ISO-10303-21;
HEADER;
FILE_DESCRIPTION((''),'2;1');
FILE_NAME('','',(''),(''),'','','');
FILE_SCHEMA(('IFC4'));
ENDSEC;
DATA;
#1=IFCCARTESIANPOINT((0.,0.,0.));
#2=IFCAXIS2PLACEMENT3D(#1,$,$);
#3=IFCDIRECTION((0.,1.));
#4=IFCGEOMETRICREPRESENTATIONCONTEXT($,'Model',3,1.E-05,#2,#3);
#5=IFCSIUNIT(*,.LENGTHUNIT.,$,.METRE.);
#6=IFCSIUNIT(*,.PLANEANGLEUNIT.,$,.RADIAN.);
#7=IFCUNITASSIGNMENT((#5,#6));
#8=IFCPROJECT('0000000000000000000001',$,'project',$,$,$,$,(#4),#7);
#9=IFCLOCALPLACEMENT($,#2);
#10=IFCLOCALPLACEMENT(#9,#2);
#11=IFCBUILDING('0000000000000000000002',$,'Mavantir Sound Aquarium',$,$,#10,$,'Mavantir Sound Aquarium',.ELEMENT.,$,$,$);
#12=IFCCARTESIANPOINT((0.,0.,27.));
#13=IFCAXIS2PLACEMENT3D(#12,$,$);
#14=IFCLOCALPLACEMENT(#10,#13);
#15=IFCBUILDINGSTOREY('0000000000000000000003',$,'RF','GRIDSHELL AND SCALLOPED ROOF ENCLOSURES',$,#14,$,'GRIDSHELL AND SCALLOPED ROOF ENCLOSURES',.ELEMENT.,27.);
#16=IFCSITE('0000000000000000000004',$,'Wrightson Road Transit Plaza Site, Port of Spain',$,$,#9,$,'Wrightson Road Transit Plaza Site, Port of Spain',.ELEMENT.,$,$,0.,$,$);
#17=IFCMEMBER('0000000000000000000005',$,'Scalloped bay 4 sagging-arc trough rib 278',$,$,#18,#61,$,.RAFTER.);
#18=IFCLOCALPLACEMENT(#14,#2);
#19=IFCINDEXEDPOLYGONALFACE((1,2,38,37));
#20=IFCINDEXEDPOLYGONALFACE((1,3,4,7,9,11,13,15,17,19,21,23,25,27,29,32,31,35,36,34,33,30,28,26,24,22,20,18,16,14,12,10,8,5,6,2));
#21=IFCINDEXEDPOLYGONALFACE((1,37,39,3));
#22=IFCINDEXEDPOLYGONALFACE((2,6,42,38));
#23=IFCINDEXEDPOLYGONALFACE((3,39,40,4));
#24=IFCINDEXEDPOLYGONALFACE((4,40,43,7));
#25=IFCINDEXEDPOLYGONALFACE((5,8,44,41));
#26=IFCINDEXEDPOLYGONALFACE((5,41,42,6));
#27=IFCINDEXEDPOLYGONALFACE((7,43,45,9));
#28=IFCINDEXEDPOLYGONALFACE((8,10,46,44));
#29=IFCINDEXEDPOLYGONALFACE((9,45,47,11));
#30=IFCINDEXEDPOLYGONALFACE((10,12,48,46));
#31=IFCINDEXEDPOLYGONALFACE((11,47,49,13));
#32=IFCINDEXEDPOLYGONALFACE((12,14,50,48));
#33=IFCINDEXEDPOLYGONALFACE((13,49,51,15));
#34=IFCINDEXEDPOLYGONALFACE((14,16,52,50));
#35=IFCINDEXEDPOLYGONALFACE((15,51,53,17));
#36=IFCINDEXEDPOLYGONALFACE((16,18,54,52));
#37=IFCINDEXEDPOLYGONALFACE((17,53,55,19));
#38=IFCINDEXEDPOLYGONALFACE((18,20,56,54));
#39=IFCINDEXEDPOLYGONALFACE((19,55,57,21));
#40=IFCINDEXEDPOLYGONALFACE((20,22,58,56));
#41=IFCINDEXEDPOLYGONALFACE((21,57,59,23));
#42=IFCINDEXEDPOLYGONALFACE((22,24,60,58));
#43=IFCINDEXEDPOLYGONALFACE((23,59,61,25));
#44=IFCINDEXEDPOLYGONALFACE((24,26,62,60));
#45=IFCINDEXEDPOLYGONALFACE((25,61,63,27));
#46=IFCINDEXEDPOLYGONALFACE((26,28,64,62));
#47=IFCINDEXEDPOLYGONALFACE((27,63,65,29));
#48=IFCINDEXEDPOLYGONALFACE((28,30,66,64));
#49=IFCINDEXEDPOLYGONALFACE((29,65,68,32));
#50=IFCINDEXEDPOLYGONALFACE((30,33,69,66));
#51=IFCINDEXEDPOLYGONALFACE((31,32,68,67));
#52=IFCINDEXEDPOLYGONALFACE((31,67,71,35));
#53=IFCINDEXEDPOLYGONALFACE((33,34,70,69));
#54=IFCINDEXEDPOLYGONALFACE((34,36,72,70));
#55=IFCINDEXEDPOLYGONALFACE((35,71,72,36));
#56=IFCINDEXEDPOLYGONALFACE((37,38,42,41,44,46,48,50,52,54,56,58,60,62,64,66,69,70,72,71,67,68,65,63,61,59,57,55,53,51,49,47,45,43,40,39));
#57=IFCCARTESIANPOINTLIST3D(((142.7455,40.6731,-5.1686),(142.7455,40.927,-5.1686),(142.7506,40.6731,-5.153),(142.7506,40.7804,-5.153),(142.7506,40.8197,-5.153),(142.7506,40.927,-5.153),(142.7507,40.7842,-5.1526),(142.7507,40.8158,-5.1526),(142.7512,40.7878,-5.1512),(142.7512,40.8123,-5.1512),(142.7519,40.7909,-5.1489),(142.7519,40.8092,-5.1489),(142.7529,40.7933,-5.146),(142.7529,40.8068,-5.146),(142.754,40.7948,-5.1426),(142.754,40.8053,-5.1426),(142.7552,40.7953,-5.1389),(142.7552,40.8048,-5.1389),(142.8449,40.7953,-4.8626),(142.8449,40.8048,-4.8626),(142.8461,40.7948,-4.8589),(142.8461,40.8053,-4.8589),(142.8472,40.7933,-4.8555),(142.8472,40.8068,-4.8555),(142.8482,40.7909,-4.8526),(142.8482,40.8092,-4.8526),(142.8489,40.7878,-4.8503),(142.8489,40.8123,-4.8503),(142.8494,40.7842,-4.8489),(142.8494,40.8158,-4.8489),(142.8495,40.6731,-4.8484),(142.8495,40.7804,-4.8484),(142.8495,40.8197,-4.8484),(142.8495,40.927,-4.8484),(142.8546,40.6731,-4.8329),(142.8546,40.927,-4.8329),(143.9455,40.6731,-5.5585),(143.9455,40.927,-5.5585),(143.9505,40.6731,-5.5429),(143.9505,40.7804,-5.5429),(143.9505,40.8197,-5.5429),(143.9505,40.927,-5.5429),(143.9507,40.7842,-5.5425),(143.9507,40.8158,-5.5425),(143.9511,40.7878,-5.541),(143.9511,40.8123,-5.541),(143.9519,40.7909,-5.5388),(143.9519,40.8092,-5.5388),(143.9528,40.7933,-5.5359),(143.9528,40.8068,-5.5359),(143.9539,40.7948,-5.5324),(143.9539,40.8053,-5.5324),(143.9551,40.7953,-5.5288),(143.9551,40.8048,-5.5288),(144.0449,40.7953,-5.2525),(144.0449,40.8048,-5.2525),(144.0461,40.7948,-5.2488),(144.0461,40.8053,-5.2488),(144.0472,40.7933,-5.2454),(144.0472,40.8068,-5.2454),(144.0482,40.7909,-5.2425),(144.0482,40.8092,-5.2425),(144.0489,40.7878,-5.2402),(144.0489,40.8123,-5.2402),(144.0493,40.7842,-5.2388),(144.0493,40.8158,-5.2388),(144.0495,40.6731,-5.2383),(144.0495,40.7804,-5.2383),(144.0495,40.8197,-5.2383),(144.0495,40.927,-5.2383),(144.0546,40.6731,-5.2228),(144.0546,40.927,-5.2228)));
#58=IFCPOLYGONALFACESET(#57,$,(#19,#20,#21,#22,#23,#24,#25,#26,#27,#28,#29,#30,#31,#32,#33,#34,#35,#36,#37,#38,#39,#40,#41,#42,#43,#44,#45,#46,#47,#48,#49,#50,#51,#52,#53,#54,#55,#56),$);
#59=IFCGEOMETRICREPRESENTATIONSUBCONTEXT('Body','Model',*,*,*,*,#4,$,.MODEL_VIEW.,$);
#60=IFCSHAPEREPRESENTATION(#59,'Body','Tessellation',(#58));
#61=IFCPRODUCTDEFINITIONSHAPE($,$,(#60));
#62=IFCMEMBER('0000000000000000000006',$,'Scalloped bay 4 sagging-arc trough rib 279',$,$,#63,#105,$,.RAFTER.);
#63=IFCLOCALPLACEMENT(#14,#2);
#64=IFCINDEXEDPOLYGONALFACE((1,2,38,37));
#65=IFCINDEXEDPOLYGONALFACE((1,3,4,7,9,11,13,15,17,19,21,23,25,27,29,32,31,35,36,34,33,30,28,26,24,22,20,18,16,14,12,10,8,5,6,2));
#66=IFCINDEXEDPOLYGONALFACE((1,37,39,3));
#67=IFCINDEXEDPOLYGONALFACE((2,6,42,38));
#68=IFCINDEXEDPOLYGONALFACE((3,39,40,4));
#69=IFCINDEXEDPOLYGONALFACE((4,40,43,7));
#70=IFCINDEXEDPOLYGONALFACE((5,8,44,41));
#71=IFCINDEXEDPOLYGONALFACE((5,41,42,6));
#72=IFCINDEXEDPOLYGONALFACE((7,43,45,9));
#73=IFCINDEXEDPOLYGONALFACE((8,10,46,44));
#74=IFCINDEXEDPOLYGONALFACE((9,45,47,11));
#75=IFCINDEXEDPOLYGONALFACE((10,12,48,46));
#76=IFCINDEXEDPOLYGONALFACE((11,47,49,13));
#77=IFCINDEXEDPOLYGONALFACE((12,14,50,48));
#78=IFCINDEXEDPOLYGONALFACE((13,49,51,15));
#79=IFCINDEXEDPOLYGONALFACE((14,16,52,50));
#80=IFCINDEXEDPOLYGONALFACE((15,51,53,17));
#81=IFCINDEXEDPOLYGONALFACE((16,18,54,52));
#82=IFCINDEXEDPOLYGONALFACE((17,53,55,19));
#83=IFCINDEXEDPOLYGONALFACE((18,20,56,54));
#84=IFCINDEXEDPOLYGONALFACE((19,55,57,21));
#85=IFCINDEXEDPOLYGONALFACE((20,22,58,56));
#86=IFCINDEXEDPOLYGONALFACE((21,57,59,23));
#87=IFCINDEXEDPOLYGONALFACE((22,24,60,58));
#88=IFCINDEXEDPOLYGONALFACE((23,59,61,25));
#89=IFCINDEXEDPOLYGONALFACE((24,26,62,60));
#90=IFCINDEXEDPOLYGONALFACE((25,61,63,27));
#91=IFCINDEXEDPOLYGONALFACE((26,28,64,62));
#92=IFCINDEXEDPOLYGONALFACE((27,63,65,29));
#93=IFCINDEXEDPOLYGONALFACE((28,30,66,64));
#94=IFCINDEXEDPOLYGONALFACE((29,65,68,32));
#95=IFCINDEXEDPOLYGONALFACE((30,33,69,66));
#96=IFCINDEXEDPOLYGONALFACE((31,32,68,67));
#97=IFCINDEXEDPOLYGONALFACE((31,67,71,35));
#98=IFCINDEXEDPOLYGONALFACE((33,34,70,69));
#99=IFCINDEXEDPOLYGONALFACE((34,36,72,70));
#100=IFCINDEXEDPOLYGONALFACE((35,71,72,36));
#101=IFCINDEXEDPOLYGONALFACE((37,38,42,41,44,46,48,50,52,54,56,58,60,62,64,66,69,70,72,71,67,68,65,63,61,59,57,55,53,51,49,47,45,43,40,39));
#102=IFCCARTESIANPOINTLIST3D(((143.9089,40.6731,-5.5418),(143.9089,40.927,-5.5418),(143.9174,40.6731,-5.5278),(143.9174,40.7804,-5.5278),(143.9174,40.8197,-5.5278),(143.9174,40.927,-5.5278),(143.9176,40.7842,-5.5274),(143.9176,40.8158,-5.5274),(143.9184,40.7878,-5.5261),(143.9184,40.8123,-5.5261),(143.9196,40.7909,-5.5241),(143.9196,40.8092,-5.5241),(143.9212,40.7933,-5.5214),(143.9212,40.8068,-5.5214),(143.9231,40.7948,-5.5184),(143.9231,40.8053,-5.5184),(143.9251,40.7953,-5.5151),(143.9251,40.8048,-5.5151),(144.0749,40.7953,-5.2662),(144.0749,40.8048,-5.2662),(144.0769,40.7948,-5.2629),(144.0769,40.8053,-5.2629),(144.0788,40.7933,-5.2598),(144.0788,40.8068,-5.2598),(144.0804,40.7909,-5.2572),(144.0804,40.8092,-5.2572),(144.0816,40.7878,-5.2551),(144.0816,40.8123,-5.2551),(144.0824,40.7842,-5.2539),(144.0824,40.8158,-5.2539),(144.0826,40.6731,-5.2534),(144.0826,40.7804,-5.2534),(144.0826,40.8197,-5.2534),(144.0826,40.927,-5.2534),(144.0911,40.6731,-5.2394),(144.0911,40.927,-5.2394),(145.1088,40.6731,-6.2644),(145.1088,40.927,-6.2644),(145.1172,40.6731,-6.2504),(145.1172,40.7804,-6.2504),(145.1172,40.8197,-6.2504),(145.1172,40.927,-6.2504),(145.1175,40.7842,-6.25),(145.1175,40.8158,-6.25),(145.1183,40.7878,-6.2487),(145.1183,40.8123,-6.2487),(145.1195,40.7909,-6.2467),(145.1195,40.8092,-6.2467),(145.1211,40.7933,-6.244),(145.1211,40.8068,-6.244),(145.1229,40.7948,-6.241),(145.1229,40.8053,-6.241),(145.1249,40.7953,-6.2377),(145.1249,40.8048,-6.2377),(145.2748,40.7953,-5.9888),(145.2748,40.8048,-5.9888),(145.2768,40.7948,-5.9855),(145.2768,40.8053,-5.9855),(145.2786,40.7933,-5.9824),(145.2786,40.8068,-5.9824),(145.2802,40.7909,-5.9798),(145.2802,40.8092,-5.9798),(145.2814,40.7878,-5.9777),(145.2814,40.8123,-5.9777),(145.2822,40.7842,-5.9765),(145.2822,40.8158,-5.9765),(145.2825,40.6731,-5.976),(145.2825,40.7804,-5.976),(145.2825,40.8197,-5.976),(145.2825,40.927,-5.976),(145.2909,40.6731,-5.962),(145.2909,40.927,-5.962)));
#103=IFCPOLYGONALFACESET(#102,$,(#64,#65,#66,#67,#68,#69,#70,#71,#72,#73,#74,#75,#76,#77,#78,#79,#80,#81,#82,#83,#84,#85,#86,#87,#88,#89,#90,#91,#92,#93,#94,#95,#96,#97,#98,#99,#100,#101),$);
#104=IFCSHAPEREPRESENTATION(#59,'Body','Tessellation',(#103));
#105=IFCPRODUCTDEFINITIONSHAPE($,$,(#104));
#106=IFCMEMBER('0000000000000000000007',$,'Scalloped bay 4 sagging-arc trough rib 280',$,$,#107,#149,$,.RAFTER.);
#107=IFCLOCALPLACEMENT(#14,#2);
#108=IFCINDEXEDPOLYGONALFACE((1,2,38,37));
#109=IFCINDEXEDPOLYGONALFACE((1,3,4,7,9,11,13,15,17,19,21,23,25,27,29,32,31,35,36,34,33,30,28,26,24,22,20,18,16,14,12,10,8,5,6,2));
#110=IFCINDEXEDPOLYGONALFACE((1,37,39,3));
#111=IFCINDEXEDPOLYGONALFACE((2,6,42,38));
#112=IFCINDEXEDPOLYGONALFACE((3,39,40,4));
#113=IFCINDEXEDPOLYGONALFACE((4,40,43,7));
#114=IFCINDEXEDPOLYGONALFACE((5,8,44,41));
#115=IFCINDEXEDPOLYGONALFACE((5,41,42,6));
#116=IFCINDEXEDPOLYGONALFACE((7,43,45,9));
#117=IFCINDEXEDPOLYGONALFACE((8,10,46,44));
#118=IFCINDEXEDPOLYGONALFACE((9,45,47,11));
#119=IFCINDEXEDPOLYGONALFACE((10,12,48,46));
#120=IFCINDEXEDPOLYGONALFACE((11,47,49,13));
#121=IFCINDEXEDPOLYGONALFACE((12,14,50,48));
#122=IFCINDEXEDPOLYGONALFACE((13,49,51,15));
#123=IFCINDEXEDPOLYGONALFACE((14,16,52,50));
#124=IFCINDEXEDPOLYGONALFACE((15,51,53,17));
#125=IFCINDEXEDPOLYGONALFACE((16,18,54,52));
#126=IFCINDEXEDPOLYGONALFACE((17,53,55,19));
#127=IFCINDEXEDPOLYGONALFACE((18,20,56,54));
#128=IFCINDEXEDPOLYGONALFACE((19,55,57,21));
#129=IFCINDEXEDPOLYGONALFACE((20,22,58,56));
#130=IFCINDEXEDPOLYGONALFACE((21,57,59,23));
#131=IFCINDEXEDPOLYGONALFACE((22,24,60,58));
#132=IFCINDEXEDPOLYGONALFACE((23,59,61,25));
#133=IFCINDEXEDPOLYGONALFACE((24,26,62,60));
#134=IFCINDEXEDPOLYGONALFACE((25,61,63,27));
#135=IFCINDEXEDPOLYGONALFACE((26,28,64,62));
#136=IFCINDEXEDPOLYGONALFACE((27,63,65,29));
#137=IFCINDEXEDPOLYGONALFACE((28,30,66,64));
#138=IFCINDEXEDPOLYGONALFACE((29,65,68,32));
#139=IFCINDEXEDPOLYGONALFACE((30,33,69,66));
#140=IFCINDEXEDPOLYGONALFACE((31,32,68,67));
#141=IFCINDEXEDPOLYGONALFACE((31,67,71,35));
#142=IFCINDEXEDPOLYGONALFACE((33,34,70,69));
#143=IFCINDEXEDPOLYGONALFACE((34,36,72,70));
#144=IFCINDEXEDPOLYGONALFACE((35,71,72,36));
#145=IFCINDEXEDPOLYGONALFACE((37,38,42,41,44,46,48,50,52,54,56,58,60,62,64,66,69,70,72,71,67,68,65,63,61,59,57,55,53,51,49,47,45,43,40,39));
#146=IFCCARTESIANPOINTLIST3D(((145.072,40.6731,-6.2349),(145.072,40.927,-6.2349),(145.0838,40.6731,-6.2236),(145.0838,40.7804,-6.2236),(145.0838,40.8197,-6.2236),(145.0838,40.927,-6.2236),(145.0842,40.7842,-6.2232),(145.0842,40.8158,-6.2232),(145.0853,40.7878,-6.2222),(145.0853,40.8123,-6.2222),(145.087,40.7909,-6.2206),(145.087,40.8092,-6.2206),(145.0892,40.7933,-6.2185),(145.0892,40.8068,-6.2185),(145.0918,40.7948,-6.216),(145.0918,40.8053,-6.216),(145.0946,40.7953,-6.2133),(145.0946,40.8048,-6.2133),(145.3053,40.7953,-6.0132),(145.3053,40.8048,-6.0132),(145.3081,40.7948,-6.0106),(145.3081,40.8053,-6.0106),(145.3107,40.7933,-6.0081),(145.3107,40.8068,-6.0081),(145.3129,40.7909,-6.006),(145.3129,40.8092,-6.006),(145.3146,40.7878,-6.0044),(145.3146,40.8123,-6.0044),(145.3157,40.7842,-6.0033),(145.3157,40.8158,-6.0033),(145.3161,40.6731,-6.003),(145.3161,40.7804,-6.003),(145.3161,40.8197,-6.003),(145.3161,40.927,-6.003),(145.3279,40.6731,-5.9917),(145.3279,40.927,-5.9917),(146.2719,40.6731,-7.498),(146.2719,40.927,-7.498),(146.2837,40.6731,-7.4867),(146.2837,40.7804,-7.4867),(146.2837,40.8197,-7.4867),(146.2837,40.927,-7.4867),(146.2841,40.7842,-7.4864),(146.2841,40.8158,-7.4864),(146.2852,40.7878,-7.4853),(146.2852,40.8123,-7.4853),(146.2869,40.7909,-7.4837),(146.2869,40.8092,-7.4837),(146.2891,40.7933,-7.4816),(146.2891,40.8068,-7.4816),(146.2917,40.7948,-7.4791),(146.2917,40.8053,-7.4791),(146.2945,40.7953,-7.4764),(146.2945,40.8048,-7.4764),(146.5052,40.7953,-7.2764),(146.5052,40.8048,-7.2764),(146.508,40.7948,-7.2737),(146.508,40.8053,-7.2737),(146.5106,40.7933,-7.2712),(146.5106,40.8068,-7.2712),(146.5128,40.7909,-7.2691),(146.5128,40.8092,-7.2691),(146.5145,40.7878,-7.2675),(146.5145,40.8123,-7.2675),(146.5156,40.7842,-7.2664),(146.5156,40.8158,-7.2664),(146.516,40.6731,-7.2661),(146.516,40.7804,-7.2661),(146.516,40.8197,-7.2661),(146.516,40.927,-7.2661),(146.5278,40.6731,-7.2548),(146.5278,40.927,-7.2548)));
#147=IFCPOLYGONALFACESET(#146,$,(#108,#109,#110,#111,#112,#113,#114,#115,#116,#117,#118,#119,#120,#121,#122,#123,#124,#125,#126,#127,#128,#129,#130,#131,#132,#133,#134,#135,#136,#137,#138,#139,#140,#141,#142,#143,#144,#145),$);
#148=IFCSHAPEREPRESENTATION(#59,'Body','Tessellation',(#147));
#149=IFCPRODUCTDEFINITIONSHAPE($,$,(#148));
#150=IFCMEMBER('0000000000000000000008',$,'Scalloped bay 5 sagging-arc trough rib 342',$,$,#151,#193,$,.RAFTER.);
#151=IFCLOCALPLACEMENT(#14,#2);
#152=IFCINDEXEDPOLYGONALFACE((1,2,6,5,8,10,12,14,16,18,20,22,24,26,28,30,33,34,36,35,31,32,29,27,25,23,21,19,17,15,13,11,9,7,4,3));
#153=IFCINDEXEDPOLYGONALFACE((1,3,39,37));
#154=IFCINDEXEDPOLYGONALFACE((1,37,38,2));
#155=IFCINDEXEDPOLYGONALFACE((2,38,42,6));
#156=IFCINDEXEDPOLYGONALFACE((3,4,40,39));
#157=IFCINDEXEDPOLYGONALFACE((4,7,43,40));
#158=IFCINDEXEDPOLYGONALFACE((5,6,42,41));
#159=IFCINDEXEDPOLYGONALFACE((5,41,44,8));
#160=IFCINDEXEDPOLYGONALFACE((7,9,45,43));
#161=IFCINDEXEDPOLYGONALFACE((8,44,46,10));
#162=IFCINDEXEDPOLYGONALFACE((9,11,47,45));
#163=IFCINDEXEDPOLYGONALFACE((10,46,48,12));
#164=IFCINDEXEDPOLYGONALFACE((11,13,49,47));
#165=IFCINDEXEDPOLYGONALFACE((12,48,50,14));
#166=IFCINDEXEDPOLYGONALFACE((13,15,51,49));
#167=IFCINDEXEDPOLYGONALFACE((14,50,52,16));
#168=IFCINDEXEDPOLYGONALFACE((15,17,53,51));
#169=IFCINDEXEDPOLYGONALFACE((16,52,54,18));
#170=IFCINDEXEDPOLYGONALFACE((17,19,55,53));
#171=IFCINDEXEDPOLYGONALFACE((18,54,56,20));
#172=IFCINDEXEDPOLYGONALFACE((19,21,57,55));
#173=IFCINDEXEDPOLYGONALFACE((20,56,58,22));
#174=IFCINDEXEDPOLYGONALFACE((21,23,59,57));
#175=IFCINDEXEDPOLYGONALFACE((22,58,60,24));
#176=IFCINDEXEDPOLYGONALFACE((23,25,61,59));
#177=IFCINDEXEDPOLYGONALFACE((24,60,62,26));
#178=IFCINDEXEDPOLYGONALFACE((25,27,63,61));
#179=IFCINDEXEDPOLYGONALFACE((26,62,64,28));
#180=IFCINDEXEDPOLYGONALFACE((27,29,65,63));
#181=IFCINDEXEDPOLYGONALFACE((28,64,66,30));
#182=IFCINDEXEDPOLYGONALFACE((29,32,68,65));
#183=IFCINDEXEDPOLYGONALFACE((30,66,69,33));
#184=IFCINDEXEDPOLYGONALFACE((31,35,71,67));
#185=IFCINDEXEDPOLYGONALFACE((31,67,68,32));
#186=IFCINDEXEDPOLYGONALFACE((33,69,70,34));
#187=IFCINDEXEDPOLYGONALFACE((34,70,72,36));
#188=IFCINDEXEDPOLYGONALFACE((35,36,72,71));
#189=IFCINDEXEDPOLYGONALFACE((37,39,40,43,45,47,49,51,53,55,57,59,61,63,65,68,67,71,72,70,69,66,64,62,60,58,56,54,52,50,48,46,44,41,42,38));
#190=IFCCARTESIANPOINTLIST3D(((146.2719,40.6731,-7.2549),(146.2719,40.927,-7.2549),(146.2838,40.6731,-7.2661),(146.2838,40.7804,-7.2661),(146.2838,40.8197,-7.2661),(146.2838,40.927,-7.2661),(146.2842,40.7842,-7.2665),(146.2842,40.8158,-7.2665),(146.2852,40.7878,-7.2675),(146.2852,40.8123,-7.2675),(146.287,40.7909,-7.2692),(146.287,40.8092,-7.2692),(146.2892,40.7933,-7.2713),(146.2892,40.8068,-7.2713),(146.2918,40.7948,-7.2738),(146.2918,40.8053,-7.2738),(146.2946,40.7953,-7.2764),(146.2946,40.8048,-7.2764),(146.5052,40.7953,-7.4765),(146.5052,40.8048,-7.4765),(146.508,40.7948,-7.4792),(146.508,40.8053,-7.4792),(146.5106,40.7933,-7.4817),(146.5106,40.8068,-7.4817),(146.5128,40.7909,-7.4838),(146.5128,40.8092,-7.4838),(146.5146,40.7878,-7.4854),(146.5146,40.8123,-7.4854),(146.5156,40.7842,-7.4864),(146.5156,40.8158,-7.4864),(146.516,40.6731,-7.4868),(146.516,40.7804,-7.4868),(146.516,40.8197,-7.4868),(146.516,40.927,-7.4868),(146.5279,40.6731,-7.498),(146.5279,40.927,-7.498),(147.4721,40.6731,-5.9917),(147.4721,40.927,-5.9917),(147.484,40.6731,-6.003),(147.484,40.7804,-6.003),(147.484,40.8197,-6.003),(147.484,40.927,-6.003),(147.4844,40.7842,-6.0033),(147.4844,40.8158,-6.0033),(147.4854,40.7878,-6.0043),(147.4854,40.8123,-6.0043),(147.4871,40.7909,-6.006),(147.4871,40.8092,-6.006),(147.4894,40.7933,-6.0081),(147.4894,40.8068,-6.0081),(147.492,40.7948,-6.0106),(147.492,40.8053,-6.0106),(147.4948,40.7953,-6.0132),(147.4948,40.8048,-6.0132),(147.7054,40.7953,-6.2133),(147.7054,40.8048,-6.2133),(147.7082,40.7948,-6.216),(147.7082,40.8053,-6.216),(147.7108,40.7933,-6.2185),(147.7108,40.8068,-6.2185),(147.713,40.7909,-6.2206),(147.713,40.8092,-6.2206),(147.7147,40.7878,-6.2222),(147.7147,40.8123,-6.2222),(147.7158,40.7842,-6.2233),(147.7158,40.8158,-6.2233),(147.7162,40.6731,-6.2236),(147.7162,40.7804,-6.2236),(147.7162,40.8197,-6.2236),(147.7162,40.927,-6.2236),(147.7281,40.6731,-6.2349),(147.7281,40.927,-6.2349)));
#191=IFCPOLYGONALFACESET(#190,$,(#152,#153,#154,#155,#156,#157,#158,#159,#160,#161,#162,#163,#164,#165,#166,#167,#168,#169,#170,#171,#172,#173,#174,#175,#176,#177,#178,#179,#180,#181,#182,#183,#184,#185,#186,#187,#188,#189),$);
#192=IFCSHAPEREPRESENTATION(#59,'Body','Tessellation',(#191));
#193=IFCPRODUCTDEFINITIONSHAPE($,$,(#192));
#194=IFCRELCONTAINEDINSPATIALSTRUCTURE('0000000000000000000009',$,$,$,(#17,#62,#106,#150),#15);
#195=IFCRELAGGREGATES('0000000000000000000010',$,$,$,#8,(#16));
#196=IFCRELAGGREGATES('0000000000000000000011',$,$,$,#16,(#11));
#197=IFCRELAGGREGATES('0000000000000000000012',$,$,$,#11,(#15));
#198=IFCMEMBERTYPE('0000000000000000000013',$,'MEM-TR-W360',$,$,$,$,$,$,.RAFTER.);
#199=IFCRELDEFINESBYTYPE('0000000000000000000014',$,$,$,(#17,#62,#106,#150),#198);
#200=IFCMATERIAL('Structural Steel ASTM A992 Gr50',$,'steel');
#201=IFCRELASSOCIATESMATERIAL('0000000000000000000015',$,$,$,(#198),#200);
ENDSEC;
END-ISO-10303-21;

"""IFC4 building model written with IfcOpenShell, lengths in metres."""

from ifc_helpers import new_model, si_unit, direction, frame, origin, origin_2d, place, context, subcontext, project, spatial, i_section, extrude, material, material_profile, profile_set, type_object, element, save


model = new_model("IFC4")

# Units and contexts
model_context = context("Model", 3, precision=1e-05, world=origin(), true_north=direction((0.0, 1.0)))
body_context = subcontext(model_context, "Body", "Model", "MODEL_VIEW")
ifc_project = project(units=[si_unit("LENGTHUNIT", "METRE"), si_unit("PLANEANGLEUNIT", "RADIAN")], contexts=[model_context])

# Site, building, storey
site_placement = place(None, origin())
site = spatial("IfcSite", under=ifc_project, at=site_placement, Name="Wrightson Road Transit Plaza Site, Port of Spain", LongName="Wrightson Road Transit Plaza Site, Port of Spain", CompositionType="ELEMENT", RefElevation=0.0)
building_placement = place(site_placement, origin())
building = spatial("IfcBuilding", under=site, at=building_placement, Name="Mavantir Sound Aquarium", LongName="Mavantir Sound Aquarium", CompositionType="ELEMENT")
storey_placement = place(building_placement, frame((0.0, 0.0, 27.0)))
storey = spatial("IfcBuildingStorey", under=building, at=storey_placement, Name="RF", Description="GRIDSHELL AND SCALLOPED ROOF ENCLOSURES", LongName="GRIDSHELL AND SCALLOPED ROOF ENCLOSURES", CompositionType="ELEMENT", Elevation=27.0)

# Shared definitions
ifc_material_1 = material(Name="Structural Steel ASTM A992 Gr50", Category="steel")

# Members
ifc_material_profile_1 = material_profile(ifc_material_1, i_section(OverallWidth=0.2539, OverallDepth=0.353, WebThickness=0.0095, FlangeThickness=0.0164, FilletRadius=0.0149, at=origin_2d()), Name="W360X91")
ifc_profile_set_1 = profile_set([ifc_material_profile_1], Name="Structural Steel ASTM A992 Gr50")
member_type_1 = type_object("IfcMemberType", Name="MEM-TR-W360", PredefinedType="RAFTER", material=ifc_profile_set_1)
member_1_placement = place(storey_placement, frame((142.8, 40.8, -5.0007), z_axis=(0.951055, 0.0, -0.30902), x_axis=(0.0, 1.0, 0.0)))
element("IfcMember", 1, at=member_1_placement, inside=storey, type_object=member_type_1, Name="Scalloped bay 4 sagging-arc trough rib 278", PredefinedType="RAFTER", context=body_context, shape_type="SweptSolid", body=[
    extrude(i_section(OverallWidth=0.2539, OverallDepth=0.353, WebThickness=0.0095, FlangeThickness=0.0164, FilletRadius=0.0149, at=origin_2d()), origin(), (0.0, 0.0, 1.0), 1.2617),
])
member_2_placement = place(storey_placement, frame((144.0, 40.8, -5.3906), z_axis=(0.856646, 0.0, -0.515905), x_axis=(0.0, 1.0, 0.0)))
element("IfcMember", 2, at=member_2_placement, inside=storey, type_object=member_type_1, Name="Scalloped bay 4 sagging-arc trough rib 279", PredefinedType="RAFTER", context=body_context, shape_type="SweptSolid", body=[
    extrude(i_section(OverallWidth=0.2539, OverallDepth=0.353, WebThickness=0.0095, FlangeThickness=0.0164, FilletRadius=0.0149, at=origin_2d()), origin(), (0.0, 0.0, 1.0), 1.4006),
])
member_3_placement = place(storey_placement, frame((145.2, 40.8, -6.1133), z_axis=(0.688727, 0.0, -0.72502), x_axis=(0.0, 1.0, 0.0)))
element("IfcMember", 3, at=member_3_placement, inside=storey, type_object=member_type_1, Name="Scalloped bay 4 sagging-arc trough rib 280", PredefinedType="RAFTER", context=body_context, shape_type="SweptSolid", body=[
    extrude(i_section(OverallWidth=0.2539, OverallDepth=0.353, WebThickness=0.0095, FlangeThickness=0.0164, FilletRadius=0.0149, at=origin_2d()), origin(), (0.0, 0.0, 1.0), 1.7422),
])
member_4_placement = place(storey_placement, frame((146.3999, 40.8, -7.3765), z_axis=(0.688801, 0.0, 0.72495), x_axis=(0.0, 1.0, 0.0)))
element("IfcMember", 4, at=member_4_placement, inside=storey, type_object=member_type_1, Name="Scalloped bay 5 sagging-arc trough rib 342", PredefinedType="RAFTER", context=body_context, shape_type="SweptSolid", body=[
    extrude(i_section(OverallWidth=0.2539, OverallDepth=0.353, WebThickness=0.0095, FlangeThickness=0.0164, FilletRadius=0.0149, at=origin_2d()), origin(), (0.0, 0.0, 1.0), 1.7424),
])

save(model, "model.ifc")
